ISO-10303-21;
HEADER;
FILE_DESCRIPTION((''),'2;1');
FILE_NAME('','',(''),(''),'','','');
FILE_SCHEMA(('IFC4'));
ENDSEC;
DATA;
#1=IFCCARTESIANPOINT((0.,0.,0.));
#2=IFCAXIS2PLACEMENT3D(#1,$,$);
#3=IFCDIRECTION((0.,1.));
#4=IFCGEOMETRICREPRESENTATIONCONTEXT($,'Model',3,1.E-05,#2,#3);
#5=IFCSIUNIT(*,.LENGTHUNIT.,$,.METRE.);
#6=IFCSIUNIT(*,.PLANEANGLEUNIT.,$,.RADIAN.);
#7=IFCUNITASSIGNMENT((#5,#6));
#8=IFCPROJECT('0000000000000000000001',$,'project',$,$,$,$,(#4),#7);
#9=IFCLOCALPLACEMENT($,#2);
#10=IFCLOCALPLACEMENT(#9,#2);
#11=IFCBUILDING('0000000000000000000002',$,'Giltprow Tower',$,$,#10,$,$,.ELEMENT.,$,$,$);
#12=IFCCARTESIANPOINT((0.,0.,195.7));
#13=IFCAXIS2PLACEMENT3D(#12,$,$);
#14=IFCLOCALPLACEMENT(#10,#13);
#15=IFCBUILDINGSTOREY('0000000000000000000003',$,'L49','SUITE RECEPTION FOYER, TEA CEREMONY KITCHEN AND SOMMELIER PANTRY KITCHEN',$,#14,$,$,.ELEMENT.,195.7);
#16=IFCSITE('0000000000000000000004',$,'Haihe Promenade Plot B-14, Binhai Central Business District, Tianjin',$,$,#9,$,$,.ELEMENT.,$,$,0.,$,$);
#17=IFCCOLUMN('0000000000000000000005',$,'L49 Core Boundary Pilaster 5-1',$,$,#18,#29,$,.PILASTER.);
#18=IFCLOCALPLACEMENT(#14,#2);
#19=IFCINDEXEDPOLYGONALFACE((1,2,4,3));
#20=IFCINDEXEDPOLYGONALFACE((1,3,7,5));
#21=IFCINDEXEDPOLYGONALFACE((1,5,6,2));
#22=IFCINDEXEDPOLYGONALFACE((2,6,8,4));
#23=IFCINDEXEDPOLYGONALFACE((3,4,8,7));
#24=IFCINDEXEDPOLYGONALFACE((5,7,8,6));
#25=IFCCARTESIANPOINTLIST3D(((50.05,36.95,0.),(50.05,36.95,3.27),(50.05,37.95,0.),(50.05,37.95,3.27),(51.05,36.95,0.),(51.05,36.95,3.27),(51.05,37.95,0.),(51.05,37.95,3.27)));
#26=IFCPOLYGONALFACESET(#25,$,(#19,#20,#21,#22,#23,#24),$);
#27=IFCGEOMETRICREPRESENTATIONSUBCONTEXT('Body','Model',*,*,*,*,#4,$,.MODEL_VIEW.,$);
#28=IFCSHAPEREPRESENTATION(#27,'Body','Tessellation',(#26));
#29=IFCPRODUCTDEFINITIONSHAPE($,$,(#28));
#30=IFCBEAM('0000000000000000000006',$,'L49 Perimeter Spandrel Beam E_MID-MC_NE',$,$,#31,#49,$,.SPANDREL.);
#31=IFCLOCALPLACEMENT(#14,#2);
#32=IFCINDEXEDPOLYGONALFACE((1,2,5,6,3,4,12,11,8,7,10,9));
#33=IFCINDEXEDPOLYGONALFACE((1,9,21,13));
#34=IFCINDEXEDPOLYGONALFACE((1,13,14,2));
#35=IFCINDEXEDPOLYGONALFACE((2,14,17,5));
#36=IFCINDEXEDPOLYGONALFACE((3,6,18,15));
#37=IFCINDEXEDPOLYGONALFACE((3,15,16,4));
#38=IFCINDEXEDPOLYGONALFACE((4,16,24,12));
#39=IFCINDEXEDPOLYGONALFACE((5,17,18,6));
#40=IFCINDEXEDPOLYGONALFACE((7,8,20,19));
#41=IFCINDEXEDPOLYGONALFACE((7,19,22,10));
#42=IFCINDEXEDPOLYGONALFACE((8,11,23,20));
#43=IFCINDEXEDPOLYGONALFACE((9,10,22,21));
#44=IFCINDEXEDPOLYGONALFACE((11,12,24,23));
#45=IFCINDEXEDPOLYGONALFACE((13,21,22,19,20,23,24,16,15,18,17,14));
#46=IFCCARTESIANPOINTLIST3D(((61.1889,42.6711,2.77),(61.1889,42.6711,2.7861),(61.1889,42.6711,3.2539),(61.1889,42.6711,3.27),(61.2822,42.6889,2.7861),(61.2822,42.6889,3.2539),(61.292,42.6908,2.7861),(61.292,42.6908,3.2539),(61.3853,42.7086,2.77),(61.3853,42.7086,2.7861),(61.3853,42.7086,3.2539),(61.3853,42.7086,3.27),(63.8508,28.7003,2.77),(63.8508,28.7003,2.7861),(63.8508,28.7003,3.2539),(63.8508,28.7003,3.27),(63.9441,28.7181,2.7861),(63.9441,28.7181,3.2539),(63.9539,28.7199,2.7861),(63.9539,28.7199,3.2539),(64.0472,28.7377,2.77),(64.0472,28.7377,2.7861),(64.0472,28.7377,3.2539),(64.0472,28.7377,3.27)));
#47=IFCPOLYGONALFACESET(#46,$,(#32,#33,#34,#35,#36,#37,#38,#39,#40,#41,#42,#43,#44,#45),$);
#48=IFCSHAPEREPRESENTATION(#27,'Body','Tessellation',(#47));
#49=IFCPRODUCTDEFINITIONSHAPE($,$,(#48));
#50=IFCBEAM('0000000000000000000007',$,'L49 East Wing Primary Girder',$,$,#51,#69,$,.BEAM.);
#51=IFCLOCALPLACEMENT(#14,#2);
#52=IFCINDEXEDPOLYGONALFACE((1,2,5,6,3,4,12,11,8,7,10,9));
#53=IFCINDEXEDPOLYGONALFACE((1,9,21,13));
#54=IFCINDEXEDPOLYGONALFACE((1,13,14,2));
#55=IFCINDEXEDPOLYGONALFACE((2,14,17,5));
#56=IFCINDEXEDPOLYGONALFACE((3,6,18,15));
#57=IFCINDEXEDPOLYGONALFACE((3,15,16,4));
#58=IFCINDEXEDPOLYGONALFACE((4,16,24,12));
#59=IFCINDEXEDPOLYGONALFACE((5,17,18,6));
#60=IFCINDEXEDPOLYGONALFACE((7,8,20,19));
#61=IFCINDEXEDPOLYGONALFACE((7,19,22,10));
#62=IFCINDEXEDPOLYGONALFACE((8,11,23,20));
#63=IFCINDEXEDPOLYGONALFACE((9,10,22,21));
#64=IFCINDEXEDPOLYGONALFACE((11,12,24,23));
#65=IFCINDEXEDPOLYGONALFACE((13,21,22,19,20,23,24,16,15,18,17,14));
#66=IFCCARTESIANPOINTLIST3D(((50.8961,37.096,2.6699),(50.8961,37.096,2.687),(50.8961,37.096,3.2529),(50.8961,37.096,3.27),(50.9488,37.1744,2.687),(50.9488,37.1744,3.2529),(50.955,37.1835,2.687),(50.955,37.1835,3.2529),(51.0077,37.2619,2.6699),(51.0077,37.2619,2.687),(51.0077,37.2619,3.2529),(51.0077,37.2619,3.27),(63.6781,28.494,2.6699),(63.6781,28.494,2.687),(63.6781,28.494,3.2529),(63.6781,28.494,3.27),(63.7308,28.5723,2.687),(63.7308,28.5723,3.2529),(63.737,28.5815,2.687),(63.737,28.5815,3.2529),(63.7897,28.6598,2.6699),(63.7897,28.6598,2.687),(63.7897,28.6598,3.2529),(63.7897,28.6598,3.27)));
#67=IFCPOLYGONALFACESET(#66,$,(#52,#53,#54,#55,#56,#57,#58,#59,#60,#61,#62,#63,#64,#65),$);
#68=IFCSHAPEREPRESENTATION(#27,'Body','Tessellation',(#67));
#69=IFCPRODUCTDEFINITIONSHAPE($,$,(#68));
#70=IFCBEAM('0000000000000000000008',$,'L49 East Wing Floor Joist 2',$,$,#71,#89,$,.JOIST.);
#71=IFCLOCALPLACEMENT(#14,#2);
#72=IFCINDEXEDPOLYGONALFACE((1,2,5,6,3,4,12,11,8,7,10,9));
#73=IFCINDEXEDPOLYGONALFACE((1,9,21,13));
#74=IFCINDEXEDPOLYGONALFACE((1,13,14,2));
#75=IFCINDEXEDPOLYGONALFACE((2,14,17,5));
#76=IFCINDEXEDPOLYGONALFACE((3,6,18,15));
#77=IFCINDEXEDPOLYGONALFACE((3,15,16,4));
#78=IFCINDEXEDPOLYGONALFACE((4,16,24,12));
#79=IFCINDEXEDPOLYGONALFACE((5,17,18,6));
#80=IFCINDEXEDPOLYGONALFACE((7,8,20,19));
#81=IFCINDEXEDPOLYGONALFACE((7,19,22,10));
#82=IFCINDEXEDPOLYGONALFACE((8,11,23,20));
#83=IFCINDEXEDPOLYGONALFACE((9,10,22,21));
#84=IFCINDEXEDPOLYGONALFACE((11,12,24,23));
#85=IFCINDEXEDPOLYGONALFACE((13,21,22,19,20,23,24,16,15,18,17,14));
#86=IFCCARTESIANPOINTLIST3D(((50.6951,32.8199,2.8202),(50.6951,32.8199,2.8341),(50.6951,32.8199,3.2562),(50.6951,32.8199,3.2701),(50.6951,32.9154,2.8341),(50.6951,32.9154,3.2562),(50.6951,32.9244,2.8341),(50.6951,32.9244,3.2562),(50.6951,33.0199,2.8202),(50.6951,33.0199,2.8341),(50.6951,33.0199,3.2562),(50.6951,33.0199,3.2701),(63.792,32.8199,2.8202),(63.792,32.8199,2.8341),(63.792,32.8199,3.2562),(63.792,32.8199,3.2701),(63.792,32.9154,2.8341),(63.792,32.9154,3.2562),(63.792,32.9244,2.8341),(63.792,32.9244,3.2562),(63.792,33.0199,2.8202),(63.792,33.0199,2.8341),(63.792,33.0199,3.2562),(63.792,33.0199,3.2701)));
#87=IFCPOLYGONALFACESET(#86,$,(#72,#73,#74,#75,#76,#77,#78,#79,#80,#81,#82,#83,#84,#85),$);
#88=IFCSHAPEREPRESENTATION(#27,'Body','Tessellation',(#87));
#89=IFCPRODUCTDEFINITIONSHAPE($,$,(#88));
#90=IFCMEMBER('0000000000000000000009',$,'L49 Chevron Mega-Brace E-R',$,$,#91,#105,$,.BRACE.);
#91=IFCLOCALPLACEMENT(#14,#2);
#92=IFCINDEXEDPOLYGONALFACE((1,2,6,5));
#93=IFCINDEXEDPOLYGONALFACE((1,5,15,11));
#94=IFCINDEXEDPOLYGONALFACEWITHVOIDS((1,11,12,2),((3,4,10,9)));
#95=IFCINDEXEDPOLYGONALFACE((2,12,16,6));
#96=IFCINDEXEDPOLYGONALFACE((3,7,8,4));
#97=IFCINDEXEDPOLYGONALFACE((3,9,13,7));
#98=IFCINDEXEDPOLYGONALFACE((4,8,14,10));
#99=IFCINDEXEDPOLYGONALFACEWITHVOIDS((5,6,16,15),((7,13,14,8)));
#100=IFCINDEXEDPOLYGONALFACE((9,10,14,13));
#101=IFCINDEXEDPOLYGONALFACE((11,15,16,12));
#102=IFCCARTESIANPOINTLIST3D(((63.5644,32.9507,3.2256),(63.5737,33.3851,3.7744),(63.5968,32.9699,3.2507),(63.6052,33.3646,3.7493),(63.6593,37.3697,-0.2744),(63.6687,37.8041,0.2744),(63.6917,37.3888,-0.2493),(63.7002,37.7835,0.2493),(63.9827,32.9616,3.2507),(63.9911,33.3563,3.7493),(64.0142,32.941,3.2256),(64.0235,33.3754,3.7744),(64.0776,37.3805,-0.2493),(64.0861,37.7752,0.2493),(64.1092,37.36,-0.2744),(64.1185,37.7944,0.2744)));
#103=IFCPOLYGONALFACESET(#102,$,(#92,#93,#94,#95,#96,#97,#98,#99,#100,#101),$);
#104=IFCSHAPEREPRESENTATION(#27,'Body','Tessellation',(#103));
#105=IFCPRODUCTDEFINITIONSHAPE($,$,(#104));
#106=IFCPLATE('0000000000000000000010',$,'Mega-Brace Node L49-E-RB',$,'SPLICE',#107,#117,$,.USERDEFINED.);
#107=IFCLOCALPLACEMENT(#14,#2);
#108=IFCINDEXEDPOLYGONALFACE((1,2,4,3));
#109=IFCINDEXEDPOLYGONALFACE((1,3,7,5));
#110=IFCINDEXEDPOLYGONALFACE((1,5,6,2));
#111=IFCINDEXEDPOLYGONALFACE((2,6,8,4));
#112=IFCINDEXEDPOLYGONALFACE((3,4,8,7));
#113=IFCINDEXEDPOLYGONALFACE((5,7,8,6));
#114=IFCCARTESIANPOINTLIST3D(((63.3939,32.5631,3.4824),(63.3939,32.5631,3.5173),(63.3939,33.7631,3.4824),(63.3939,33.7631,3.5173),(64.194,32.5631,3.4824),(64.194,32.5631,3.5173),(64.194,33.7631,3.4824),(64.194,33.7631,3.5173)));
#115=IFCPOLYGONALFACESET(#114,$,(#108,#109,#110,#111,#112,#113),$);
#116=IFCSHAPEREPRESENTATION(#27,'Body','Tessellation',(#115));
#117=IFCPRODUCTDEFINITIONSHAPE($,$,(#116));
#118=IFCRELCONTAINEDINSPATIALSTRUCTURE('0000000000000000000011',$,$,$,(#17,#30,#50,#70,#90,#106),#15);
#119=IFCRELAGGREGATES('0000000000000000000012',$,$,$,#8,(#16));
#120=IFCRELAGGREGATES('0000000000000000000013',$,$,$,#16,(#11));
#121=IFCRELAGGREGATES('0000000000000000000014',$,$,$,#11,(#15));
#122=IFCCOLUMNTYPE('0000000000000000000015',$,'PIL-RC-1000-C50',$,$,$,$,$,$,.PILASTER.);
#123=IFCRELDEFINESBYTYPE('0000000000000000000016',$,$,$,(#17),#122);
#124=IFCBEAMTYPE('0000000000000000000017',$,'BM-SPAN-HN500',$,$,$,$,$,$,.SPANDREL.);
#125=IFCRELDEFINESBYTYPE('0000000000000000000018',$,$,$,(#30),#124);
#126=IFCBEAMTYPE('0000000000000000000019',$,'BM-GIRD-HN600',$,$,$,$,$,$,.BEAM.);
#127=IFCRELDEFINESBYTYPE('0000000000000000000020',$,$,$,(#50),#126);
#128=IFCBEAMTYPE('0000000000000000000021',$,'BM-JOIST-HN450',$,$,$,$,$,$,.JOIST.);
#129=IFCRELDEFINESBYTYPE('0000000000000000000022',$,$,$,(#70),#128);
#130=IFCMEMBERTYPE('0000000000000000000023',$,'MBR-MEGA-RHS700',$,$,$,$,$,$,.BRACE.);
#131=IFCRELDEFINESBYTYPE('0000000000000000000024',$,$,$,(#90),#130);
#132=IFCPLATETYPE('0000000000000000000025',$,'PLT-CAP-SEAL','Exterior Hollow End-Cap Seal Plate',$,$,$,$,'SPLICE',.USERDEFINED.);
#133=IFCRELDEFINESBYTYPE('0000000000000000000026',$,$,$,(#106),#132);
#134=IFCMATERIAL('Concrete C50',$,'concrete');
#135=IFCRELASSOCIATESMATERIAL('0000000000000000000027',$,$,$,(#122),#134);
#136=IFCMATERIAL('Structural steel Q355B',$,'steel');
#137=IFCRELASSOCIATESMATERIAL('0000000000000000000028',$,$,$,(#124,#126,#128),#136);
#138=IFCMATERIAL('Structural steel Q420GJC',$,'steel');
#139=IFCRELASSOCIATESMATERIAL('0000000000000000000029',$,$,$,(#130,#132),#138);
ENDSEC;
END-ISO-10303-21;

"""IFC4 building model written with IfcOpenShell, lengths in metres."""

from ifc_helpers import new_model, si_unit, direction, frame, origin, origin_2d, place, context, subcontext, project, spatial, rectangle, hollow_rectangle, i_section, extrude, source, transform, mapped, material, material_profile, profile_set, type_object, element, save


model = new_model("IFC4")

# Units and contexts
model_context = context("Model", 3, precision=1e-05, world=origin(), true_north=direction((0.0, 1.0)))
body_context = subcontext(model_context, "Body", "Model", "MODEL_VIEW")
ifc_project = project(units=[si_unit("LENGTHUNIT", "METRE"), si_unit("PLANEANGLEUNIT", "RADIAN")], contexts=[model_context])

# Site, building, storey
site_placement = place(None, origin())
site = spatial("IfcSite", under=ifc_project, at=site_placement, Name="Haihe Promenade Plot B-14, Binhai Central Business District, Tianjin", CompositionType="ELEMENT", RefElevation=0.0)
building_placement = place(site_placement, origin())
building = spatial("IfcBuilding", under=site, at=building_placement, Name="Giltprow Tower", CompositionType="ELEMENT")
storey_placement = place(building_placement, frame((0.0, 0.0, 195.7)))
storey = spatial("IfcBuildingStorey", under=building, at=storey_placement, Name="L49", Description="SUITE RECEPTION FOYER, TEA CEREMONY KITCHEN AND SOMMELIER PANTRY KITCHEN", CompositionType="ELEMENT", Elevation=195.7)

# Column
ifc_material_1 = material(Name="Concrete C50", Category="concrete")
ifc_material_profile_1 = material_profile(ifc_material_1, rectangle(XDim=1.0, YDim=1.0, at=origin_2d()), Name="RC 1000x1000")
ifc_profile_set_1 = profile_set([ifc_material_profile_1], Name="Concrete C50")
column_type = type_object("IfcColumnType", Name="PIL-RC-1000-C50", PredefinedType="PILASTER", material=ifc_profile_set_1)
shared_shape_1 = source(origin(), body_context, "Body", "SweptSolid", [
    extrude(rectangle(XDim=1.0, YDim=1.0, at=origin_2d()), origin(), (0.0, 0.0, 1.0), 3.27),
])
column_placement = place(storey_placement, frame((50.55, 37.45, 0.0), z_axis=(0.0, 0.0, 1.0), x_axis=(1.0, 0.0, 0.0)))
element("IfcColumn", 1, at=column_placement, inside=storey, type_object=column_type, Name="L49 Core Boundary Pilaster 5-1", PredefinedType="PILASTER", context=body_context, shape_type="MappedRepresentation", body=[
    mapped(shared_shape_1, transform((0.0, 0.0, 0.0), x_axis=(1.0, 0.0, 0.0), y_axis=(0.0, 1.0, 0.0), z_axis=(0.0, 0.0, 1.0), scale=1.0)),
])

# Beams
ifc_material_2 = material(Name="Structural steel Q355B", Category="steel")
ifc_material_profile_2 = material_profile(ifc_material_2, i_section(OverallWidth=0.2, OverallDepth=0.5, WebThickness=0.01, FlangeThickness=0.0161, at=origin_2d()), Name="HN 500x200x10x16")
ifc_profile_set_2 = profile_set([ifc_material_profile_2], Name="Structural steel Q355B")
beam_type_1 = type_object("IfcBeamType", Name="BM-SPAN-HN500", PredefinedType="SPANDREL", material=ifc_profile_set_2)
shared_shape_2 = source(origin(), body_context, "Body", "SweptSolid", [
    extrude(i_section(OverallWidth=0.2, OverallDepth=0.5, WebThickness=0.01, FlangeThickness=0.0161, at=origin_2d()), origin(), (0.0, 0.0, 1.0), 14.2222),
])
beam_1_placement = place(storey_placement, frame((63.949, 28.719, 3.02), z_axis=(-0.187162, 0.982329, 0.0), x_axis=(-0.982329, -0.187162, 0.0)))
element("IfcBeam", 2, at=beam_1_placement, inside=storey, type_object=beam_type_1, Name="L49 Perimeter Spandrel Beam E_MID-MC_NE", PredefinedType="SPANDREL", context=body_context, shape_type="MappedRepresentation", body=[
    mapped(shared_shape_2, transform((0.0, 0.0, 0.0), x_axis=(1.0, 0.0, 0.0), y_axis=(0.0, 1.0, 0.0), z_axis=(0.0, 0.0, 1.0), scale=1.0)),
])
ifc_material_profile_3 = material_profile(ifc_material_2, i_section(OverallWidth=0.2, OverallDepth=0.6001, WebThickness=0.011, FlangeThickness=0.0171, at=origin_2d()), Name="HN 600x200x11x17")
ifc_profile_set_3 = profile_set([ifc_material_profile_3], Name="Structural steel Q355B")
beam_type_2 = type_object("IfcBeamType", Name="BM-GIRD-HN600", PredefinedType="BEAM", material=ifc_profile_set_3)
shared_shape_3 = source(origin(), body_context, "Body", "SweptSolid", [
    extrude(i_section(OverallWidth=0.2, OverallDepth=0.6001, WebThickness=0.011, FlangeThickness=0.0171, at=origin_2d()), origin(), (0.0, 0.0, 1.0), 15.407),
])
beam_2_placement = place(storey_placement, frame((63.7339, 28.5769, 2.97), z_axis=(-0.829624, 0.558322, 0.0), x_axis=(-0.558322, -0.829624, 0.0)))
element("IfcBeam", 3, at=beam_2_placement, inside=storey, type_object=beam_type_2, Name="L49 East Wing Primary Girder", PredefinedType="BEAM", context=body_context, shape_type="MappedRepresentation", body=[
    mapped(shared_shape_3, transform((0.0, 0.0, 0.0), x_axis=(1.0, 0.0, 0.0), y_axis=(0.0, 1.0, 0.0), z_axis=(0.0, 0.0, 1.0), scale=1.0)),
])
ifc_material_profile_4 = material_profile(ifc_material_2, i_section(OverallWidth=0.2, OverallDepth=0.45, WebThickness=0.009, FlangeThickness=0.0139, at=origin_2d()), Name="HN 450x200x9x14")
ifc_profile_set_4 = profile_set([ifc_material_profile_4], Name="Structural steel Q355B")
beam_type_3 = type_object("IfcBeamType", Name="BM-JOIST-HN450", PredefinedType="JOIST", material=ifc_profile_set_4)
shared_shape_4 = source(origin(), body_context, "Body", "SweptSolid", [
    extrude(i_section(OverallWidth=0.2, OverallDepth=0.45, WebThickness=0.009, FlangeThickness=0.0139, at=origin_2d()), origin(), (0.0, 0.0, 1.0), 13.0969),
])
beam_3_placement = place(storey_placement, frame((50.6951, 32.9199, 3.0452), z_axis=(1.0, 0.0, 0.0), x_axis=(0.0, 1.0, 0.0)))
element("IfcBeam", 4, at=beam_3_placement, inside=storey, type_object=beam_type_3, Name="L49 East Wing Floor Joist 2", PredefinedType="JOIST", context=body_context, shape_type="MappedRepresentation", body=[
    mapped(shared_shape_4, transform((0.0, 0.0, 0.0), x_axis=(1.0, 0.0, 0.0), y_axis=(0.0, 1.0, 0.0), z_axis=(0.0, 0.0, 1.0), scale=1.0)),
])

# Member
ifc_material_3 = material(Name="Structural steel Q420GJC", Category="steel")
ifc_material_profile_5 = material_profile(ifc_material_3, hollow_rectangle(XDim=0.45, YDim=0.7, WallThickness=0.032, at=origin_2d()), Name="RHS 700x450x32")
ifc_profile_set_5 = profile_set([ifc_material_profile_5], Name="Structural steel Q420GJC")
member_type = type_object("IfcMemberType", Name="MBR-MEGA-RHS700", PredefinedType="BRACE", material=ifc_profile_set_5)
shared_shape_5 = source(origin(), body_context, "Body", "SweptSolid", [
    extrude(hollow_rectangle(XDim=0.45, YDim=0.7, WallThickness=0.032, at=origin_2d()), origin(), (0.0, 0.0, 1.0), 5.6379),
])
member_placement = place(storey_placement, frame((63.8889, 37.582, 0.0), z_axis=(-0.016845, -0.783791, 0.620797), x_axis=(0.999769, -0.021487, 0.0)))
element("IfcMember", 5, at=member_placement, inside=storey, type_object=member_type, Name="L49 Chevron Mega-Brace E-R", PredefinedType="BRACE", context=body_context, shape_type="MappedRepresentation", body=[
    mapped(shared_shape_5, transform((0.0, 0.0, 0.0), x_axis=(1.0, 0.0, 0.0), y_axis=(0.0, 1.0, 0.0), z_axis=(0.0, 0.0, 1.0), scale=1.0)),
])

# Plate
plate_type = type_object("IfcPlateType", Name="PLT-CAP-SEAL", Description="Exterior Hollow End-Cap Seal Plate", ElementType="SPLICE", PredefinedType="USERDEFINED", material=ifc_material_3)
shared_shape_6 = source(origin(), body_context, "Body", "SweptSolid", [
    extrude(rectangle(XDim=1.2, YDim=0.8, at=origin_2d()), origin(), (0.0, 0.0, 1.0), 0.0349),
])
plate_placement = place(storey_placement, frame((63.7939, 33.1631, 3.4824), z_axis=(0.0, 0.0, 1.0), x_axis=(0.0, 1.0, 0.0)))
element("IfcPlate", 6, at=plate_placement, inside=storey, type_object=plate_type, Name="Mega-Brace Node L49-E-RB", ObjectType="SPLICE", PredefinedType="USERDEFINED", context=body_context, shape_type="MappedRepresentation", body=[
    mapped(shared_shape_6, transform((0.0, 0.0, 0.0), x_axis=(1.0, 0.0, 0.0), y_axis=(0.0, 1.0, 0.0), z_axis=(0.0, 0.0, 1.0), scale=1.0)),
])

save(model, "model.ifc")
